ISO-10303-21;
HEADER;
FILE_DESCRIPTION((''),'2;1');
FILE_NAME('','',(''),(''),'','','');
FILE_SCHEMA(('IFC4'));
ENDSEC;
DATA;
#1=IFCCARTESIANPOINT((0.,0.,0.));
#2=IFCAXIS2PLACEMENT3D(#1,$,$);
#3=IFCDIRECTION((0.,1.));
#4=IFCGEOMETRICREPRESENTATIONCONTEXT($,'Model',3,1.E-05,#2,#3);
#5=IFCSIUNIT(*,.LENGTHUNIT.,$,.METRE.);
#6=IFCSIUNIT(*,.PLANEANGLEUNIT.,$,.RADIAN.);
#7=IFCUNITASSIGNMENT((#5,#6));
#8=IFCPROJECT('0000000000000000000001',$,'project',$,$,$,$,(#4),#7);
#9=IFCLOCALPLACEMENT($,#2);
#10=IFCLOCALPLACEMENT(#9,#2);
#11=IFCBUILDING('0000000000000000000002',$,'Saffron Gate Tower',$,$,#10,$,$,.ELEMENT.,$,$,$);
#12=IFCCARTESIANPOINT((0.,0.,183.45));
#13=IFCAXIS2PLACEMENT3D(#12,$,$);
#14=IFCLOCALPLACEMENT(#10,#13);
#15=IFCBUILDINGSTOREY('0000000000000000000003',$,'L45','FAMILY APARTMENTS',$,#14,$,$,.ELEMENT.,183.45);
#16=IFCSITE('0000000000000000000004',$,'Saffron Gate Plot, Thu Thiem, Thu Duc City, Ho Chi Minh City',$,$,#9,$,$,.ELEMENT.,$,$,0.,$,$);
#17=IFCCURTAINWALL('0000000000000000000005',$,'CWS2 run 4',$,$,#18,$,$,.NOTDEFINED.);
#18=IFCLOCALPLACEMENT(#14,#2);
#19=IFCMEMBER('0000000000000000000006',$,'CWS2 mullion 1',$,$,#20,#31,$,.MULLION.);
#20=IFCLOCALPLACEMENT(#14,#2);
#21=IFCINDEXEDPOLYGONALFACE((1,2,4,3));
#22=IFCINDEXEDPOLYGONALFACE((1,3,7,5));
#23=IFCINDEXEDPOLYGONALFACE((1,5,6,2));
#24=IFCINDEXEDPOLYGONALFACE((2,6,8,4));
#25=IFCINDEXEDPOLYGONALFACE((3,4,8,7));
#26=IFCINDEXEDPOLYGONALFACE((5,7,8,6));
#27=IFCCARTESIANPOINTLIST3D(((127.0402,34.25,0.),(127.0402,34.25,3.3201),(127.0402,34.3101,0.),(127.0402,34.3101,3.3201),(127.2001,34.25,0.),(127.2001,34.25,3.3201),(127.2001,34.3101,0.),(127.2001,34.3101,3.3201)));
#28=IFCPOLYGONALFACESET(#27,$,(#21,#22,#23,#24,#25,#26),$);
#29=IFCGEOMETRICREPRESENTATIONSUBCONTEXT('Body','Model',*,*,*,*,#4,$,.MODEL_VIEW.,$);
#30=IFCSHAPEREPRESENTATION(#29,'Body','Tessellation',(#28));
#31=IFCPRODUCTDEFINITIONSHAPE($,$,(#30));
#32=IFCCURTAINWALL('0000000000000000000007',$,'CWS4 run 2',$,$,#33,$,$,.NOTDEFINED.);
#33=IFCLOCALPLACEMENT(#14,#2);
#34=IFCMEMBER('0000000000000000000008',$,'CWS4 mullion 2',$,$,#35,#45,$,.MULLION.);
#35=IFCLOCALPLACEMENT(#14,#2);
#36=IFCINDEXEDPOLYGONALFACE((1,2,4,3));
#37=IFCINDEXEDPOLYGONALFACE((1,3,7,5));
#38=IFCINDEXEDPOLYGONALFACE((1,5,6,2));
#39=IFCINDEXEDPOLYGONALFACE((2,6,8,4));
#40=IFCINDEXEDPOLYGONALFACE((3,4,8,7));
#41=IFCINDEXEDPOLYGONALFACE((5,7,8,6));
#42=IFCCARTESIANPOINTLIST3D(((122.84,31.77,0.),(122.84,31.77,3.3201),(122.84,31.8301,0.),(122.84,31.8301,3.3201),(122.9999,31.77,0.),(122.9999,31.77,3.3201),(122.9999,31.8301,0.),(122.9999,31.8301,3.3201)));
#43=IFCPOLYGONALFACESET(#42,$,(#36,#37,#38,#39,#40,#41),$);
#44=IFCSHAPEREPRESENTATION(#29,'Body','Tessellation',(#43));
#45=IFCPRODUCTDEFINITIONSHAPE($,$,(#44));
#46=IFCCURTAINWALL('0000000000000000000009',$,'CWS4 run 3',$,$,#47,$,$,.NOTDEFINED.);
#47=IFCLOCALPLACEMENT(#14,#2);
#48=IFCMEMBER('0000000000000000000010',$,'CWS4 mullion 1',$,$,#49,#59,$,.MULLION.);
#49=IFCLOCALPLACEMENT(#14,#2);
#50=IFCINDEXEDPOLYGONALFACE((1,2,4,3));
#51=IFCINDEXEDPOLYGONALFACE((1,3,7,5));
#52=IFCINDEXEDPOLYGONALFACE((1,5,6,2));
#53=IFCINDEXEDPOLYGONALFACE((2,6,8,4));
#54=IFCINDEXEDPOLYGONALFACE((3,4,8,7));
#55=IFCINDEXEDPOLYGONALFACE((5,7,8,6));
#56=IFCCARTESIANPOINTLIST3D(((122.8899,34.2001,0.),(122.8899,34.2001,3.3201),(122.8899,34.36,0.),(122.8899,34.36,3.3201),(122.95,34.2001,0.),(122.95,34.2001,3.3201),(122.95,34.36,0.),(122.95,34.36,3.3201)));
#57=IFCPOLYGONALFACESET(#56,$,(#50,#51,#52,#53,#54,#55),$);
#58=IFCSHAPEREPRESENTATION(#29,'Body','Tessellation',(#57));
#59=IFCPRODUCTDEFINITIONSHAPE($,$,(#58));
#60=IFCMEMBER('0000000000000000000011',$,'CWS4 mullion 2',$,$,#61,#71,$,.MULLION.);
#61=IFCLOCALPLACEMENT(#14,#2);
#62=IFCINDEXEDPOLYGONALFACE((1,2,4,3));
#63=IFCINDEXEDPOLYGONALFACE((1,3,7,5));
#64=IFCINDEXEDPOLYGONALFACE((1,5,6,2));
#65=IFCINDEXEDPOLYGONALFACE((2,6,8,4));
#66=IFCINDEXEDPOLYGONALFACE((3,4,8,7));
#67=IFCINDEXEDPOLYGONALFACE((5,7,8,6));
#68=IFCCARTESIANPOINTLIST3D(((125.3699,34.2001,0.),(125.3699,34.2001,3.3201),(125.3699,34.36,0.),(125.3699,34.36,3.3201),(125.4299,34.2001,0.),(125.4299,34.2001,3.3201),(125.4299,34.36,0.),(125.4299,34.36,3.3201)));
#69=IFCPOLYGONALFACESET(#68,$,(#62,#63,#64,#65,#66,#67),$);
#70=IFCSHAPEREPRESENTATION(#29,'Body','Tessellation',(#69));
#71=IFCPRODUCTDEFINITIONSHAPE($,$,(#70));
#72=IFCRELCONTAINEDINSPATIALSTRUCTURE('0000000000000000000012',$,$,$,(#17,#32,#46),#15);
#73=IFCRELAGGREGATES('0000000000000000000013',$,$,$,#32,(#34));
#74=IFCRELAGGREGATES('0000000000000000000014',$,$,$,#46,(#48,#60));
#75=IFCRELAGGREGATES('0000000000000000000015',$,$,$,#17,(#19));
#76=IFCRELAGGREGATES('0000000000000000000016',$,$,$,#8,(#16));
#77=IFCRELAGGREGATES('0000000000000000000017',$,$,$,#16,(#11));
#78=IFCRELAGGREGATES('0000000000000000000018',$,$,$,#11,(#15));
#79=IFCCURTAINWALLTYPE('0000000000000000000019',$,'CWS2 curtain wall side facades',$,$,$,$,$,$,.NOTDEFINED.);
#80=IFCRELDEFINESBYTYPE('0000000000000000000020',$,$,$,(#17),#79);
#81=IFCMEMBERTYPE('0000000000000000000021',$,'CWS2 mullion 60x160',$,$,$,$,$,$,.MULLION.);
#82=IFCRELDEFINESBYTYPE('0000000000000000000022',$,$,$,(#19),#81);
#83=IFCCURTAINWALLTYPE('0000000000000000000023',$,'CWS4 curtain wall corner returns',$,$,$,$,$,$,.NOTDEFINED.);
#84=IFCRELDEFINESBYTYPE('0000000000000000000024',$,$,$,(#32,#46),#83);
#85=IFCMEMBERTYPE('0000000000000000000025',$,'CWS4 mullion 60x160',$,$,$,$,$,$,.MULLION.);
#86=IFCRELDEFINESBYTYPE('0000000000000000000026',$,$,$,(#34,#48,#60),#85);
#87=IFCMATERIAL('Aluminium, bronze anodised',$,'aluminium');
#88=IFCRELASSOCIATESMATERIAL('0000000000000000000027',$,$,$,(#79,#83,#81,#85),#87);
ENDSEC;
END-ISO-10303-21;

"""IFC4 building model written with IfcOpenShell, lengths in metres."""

from ifc_helpers import new_model, si_unit, direction, frame, origin, origin_2d, place, context, subcontext, project, spatial, rectangle, extrude, material, material_profile, profile_set, type_object, element, aggregate, save


model = new_model("IFC4")

# Units and contexts
model_context = context("Model", 3, precision=1e-05, world=origin(), true_north=direction((0.0, 1.0)))
body_context = subcontext(model_context, "Body", "Model", "MODEL_VIEW")
ifc_project = project(units=[si_unit("LENGTHUNIT", "METRE"), si_unit("PLANEANGLEUNIT", "RADIAN")], contexts=[model_context])

# Site, building, storey
site_placement = place(None, origin())
site = spatial("IfcSite", under=ifc_project, at=site_placement, Name="Saffron Gate Plot, Thu Thiem, Thu Duc City, Ho Chi Minh City", CompositionType="ELEMENT", RefElevation=0.0)
building_placement = place(site_placement, origin())
building = spatial("IfcBuilding", under=site, at=building_placement, Name="Saffron Gate Tower", CompositionType="ELEMENT")
storey_placement = place(building_placement, frame((0.0, 0.0, 183.45)))
storey = spatial("IfcBuildingStorey", under=building, at=storey_placement, Name="L45", Description="FAMILY APARTMENTS", CompositionType="ELEMENT", Elevation=183.45)

# Curtain walls, members
ifc_material_1 = material(Name="Aluminium, bronze anodised", Category="aluminium")
curtain_wall_type_1 = type_object("IfcCurtainWallType", Name="CWS2 curtain wall side facades", PredefinedType="NOTDEFINED", material=ifc_material_1)
curtain_wall_1_placement = place(storey_placement, origin())
curtain_wall_1 = element("IfcCurtainWall", 1, at=curtain_wall_1_placement, inside=storey, type_object=curtain_wall_type_1, Name="CWS2 run 4", PredefinedType="NOTDEFINED")
ifc_material_profile_1 = material_profile(ifc_material_1, rectangle(XDim=0.1599, YDim=0.0601, at=origin_2d()))
ifc_profile_set_1 = profile_set([ifc_material_profile_1], Name="Aluminium, bronze anodised")
member_type_1 = type_object("IfcMemberType", Name="CWS2 mullion 60x160", PredefinedType="MULLION", material=ifc_profile_set_1)
member_1_placement = place(storey_placement, frame((127.1201, 34.28, 0.0), z_axis=(0.0, 0.0, 1.0), x_axis=(-1.0, 0.0, 0.0)))
member_1 = element("IfcMember", 2, at=member_1_placement, type_object=member_type_1, Name="CWS2 mullion 1", PredefinedType="MULLION", context=body_context, shape_type="SweptSolid", body=[
    extrude(rectangle(XDim=0.1599, YDim=0.0601, at=origin_2d()), origin(), (0.0, 0.0, 1.0), 3.3201),
])
curtain_wall_type_2 = type_object("IfcCurtainWallType", Name="CWS4 curtain wall corner returns", PredefinedType="NOTDEFINED", material=ifc_material_1)
curtain_wall_2_placement = place(storey_placement, origin())
curtain_wall_2 = element("IfcCurtainWall", 3, at=curtain_wall_2_placement, inside=storey, type_object=curtain_wall_type_2, Name="CWS4 run 2", PredefinedType="NOTDEFINED")
ifc_material_profile_2 = material_profile(ifc_material_1, rectangle(XDim=0.1599, YDim=0.0601, at=origin_2d()))
ifc_profile_set_2 = profile_set([ifc_material_profile_2], Name="Aluminium, bronze anodised")
member_type_2 = type_object("IfcMemberType", Name="CWS4 mullion 60x160", PredefinedType="MULLION", material=ifc_profile_set_2)
member_2_placement = place(storey_placement, frame((122.9199, 31.8, 0.0), z_axis=(0.0, 0.0, 1.0), x_axis=(-1.0, 0.0, 0.0)))
member_2 = element("IfcMember", 4, at=member_2_placement, type_object=member_type_2, Name="CWS4 mullion 2", PredefinedType="MULLION", context=body_context, shape_type="SweptSolid", body=[
    extrude(rectangle(XDim=0.1599, YDim=0.0601, at=origin_2d()), origin(), (0.0, 0.0, 1.0), 3.3201),
])
aggregate(curtain_wall_2, [member_2])

# Curtain wall, members
curtain_wall_3_placement = place(storey_placement, origin())
curtain_wall_3 = element("IfcCurtainWall", 5, at=curtain_wall_3_placement, inside=storey, type_object=curtain_wall_type_2, Name="CWS4 run 3", PredefinedType="NOTDEFINED")
member_3_placement = place(storey_placement, frame((122.9199, 34.28, 0.0), z_axis=(0.0, 0.0, 1.0), x_axis=(0.0, 1.0, 0.0)))
member_3 = element("IfcMember", 6, at=member_3_placement, type_object=member_type_2, Name="CWS4 mullion 1", PredefinedType="MULLION", context=body_context, shape_type="SweptSolid", body=[
    extrude(rectangle(XDim=0.1599, YDim=0.0601, at=origin_2d()), origin(), (0.0, 0.0, 1.0), 3.3201),
])
member_4_placement = place(storey_placement, frame((125.3999, 34.28, 0.0), z_axis=(0.0, 0.0, 1.0), x_axis=(0.0, 1.0, 0.0)))
member_4 = element("IfcMember", 7, at=member_4_placement, type_object=member_type_2, Name="CWS4 mullion 2", PredefinedType="MULLION", context=body_context, shape_type="SweptSolid", body=[
    extrude(rectangle(XDim=0.1599, YDim=0.0601, at=origin_2d()), origin(), (0.0, 0.0, 1.0), 3.3201),
])
aggregate(curtain_wall_3, [member_3, member_4])

aggregate(curtain_wall_1, [member_1])

save(model, "model.ifc")
